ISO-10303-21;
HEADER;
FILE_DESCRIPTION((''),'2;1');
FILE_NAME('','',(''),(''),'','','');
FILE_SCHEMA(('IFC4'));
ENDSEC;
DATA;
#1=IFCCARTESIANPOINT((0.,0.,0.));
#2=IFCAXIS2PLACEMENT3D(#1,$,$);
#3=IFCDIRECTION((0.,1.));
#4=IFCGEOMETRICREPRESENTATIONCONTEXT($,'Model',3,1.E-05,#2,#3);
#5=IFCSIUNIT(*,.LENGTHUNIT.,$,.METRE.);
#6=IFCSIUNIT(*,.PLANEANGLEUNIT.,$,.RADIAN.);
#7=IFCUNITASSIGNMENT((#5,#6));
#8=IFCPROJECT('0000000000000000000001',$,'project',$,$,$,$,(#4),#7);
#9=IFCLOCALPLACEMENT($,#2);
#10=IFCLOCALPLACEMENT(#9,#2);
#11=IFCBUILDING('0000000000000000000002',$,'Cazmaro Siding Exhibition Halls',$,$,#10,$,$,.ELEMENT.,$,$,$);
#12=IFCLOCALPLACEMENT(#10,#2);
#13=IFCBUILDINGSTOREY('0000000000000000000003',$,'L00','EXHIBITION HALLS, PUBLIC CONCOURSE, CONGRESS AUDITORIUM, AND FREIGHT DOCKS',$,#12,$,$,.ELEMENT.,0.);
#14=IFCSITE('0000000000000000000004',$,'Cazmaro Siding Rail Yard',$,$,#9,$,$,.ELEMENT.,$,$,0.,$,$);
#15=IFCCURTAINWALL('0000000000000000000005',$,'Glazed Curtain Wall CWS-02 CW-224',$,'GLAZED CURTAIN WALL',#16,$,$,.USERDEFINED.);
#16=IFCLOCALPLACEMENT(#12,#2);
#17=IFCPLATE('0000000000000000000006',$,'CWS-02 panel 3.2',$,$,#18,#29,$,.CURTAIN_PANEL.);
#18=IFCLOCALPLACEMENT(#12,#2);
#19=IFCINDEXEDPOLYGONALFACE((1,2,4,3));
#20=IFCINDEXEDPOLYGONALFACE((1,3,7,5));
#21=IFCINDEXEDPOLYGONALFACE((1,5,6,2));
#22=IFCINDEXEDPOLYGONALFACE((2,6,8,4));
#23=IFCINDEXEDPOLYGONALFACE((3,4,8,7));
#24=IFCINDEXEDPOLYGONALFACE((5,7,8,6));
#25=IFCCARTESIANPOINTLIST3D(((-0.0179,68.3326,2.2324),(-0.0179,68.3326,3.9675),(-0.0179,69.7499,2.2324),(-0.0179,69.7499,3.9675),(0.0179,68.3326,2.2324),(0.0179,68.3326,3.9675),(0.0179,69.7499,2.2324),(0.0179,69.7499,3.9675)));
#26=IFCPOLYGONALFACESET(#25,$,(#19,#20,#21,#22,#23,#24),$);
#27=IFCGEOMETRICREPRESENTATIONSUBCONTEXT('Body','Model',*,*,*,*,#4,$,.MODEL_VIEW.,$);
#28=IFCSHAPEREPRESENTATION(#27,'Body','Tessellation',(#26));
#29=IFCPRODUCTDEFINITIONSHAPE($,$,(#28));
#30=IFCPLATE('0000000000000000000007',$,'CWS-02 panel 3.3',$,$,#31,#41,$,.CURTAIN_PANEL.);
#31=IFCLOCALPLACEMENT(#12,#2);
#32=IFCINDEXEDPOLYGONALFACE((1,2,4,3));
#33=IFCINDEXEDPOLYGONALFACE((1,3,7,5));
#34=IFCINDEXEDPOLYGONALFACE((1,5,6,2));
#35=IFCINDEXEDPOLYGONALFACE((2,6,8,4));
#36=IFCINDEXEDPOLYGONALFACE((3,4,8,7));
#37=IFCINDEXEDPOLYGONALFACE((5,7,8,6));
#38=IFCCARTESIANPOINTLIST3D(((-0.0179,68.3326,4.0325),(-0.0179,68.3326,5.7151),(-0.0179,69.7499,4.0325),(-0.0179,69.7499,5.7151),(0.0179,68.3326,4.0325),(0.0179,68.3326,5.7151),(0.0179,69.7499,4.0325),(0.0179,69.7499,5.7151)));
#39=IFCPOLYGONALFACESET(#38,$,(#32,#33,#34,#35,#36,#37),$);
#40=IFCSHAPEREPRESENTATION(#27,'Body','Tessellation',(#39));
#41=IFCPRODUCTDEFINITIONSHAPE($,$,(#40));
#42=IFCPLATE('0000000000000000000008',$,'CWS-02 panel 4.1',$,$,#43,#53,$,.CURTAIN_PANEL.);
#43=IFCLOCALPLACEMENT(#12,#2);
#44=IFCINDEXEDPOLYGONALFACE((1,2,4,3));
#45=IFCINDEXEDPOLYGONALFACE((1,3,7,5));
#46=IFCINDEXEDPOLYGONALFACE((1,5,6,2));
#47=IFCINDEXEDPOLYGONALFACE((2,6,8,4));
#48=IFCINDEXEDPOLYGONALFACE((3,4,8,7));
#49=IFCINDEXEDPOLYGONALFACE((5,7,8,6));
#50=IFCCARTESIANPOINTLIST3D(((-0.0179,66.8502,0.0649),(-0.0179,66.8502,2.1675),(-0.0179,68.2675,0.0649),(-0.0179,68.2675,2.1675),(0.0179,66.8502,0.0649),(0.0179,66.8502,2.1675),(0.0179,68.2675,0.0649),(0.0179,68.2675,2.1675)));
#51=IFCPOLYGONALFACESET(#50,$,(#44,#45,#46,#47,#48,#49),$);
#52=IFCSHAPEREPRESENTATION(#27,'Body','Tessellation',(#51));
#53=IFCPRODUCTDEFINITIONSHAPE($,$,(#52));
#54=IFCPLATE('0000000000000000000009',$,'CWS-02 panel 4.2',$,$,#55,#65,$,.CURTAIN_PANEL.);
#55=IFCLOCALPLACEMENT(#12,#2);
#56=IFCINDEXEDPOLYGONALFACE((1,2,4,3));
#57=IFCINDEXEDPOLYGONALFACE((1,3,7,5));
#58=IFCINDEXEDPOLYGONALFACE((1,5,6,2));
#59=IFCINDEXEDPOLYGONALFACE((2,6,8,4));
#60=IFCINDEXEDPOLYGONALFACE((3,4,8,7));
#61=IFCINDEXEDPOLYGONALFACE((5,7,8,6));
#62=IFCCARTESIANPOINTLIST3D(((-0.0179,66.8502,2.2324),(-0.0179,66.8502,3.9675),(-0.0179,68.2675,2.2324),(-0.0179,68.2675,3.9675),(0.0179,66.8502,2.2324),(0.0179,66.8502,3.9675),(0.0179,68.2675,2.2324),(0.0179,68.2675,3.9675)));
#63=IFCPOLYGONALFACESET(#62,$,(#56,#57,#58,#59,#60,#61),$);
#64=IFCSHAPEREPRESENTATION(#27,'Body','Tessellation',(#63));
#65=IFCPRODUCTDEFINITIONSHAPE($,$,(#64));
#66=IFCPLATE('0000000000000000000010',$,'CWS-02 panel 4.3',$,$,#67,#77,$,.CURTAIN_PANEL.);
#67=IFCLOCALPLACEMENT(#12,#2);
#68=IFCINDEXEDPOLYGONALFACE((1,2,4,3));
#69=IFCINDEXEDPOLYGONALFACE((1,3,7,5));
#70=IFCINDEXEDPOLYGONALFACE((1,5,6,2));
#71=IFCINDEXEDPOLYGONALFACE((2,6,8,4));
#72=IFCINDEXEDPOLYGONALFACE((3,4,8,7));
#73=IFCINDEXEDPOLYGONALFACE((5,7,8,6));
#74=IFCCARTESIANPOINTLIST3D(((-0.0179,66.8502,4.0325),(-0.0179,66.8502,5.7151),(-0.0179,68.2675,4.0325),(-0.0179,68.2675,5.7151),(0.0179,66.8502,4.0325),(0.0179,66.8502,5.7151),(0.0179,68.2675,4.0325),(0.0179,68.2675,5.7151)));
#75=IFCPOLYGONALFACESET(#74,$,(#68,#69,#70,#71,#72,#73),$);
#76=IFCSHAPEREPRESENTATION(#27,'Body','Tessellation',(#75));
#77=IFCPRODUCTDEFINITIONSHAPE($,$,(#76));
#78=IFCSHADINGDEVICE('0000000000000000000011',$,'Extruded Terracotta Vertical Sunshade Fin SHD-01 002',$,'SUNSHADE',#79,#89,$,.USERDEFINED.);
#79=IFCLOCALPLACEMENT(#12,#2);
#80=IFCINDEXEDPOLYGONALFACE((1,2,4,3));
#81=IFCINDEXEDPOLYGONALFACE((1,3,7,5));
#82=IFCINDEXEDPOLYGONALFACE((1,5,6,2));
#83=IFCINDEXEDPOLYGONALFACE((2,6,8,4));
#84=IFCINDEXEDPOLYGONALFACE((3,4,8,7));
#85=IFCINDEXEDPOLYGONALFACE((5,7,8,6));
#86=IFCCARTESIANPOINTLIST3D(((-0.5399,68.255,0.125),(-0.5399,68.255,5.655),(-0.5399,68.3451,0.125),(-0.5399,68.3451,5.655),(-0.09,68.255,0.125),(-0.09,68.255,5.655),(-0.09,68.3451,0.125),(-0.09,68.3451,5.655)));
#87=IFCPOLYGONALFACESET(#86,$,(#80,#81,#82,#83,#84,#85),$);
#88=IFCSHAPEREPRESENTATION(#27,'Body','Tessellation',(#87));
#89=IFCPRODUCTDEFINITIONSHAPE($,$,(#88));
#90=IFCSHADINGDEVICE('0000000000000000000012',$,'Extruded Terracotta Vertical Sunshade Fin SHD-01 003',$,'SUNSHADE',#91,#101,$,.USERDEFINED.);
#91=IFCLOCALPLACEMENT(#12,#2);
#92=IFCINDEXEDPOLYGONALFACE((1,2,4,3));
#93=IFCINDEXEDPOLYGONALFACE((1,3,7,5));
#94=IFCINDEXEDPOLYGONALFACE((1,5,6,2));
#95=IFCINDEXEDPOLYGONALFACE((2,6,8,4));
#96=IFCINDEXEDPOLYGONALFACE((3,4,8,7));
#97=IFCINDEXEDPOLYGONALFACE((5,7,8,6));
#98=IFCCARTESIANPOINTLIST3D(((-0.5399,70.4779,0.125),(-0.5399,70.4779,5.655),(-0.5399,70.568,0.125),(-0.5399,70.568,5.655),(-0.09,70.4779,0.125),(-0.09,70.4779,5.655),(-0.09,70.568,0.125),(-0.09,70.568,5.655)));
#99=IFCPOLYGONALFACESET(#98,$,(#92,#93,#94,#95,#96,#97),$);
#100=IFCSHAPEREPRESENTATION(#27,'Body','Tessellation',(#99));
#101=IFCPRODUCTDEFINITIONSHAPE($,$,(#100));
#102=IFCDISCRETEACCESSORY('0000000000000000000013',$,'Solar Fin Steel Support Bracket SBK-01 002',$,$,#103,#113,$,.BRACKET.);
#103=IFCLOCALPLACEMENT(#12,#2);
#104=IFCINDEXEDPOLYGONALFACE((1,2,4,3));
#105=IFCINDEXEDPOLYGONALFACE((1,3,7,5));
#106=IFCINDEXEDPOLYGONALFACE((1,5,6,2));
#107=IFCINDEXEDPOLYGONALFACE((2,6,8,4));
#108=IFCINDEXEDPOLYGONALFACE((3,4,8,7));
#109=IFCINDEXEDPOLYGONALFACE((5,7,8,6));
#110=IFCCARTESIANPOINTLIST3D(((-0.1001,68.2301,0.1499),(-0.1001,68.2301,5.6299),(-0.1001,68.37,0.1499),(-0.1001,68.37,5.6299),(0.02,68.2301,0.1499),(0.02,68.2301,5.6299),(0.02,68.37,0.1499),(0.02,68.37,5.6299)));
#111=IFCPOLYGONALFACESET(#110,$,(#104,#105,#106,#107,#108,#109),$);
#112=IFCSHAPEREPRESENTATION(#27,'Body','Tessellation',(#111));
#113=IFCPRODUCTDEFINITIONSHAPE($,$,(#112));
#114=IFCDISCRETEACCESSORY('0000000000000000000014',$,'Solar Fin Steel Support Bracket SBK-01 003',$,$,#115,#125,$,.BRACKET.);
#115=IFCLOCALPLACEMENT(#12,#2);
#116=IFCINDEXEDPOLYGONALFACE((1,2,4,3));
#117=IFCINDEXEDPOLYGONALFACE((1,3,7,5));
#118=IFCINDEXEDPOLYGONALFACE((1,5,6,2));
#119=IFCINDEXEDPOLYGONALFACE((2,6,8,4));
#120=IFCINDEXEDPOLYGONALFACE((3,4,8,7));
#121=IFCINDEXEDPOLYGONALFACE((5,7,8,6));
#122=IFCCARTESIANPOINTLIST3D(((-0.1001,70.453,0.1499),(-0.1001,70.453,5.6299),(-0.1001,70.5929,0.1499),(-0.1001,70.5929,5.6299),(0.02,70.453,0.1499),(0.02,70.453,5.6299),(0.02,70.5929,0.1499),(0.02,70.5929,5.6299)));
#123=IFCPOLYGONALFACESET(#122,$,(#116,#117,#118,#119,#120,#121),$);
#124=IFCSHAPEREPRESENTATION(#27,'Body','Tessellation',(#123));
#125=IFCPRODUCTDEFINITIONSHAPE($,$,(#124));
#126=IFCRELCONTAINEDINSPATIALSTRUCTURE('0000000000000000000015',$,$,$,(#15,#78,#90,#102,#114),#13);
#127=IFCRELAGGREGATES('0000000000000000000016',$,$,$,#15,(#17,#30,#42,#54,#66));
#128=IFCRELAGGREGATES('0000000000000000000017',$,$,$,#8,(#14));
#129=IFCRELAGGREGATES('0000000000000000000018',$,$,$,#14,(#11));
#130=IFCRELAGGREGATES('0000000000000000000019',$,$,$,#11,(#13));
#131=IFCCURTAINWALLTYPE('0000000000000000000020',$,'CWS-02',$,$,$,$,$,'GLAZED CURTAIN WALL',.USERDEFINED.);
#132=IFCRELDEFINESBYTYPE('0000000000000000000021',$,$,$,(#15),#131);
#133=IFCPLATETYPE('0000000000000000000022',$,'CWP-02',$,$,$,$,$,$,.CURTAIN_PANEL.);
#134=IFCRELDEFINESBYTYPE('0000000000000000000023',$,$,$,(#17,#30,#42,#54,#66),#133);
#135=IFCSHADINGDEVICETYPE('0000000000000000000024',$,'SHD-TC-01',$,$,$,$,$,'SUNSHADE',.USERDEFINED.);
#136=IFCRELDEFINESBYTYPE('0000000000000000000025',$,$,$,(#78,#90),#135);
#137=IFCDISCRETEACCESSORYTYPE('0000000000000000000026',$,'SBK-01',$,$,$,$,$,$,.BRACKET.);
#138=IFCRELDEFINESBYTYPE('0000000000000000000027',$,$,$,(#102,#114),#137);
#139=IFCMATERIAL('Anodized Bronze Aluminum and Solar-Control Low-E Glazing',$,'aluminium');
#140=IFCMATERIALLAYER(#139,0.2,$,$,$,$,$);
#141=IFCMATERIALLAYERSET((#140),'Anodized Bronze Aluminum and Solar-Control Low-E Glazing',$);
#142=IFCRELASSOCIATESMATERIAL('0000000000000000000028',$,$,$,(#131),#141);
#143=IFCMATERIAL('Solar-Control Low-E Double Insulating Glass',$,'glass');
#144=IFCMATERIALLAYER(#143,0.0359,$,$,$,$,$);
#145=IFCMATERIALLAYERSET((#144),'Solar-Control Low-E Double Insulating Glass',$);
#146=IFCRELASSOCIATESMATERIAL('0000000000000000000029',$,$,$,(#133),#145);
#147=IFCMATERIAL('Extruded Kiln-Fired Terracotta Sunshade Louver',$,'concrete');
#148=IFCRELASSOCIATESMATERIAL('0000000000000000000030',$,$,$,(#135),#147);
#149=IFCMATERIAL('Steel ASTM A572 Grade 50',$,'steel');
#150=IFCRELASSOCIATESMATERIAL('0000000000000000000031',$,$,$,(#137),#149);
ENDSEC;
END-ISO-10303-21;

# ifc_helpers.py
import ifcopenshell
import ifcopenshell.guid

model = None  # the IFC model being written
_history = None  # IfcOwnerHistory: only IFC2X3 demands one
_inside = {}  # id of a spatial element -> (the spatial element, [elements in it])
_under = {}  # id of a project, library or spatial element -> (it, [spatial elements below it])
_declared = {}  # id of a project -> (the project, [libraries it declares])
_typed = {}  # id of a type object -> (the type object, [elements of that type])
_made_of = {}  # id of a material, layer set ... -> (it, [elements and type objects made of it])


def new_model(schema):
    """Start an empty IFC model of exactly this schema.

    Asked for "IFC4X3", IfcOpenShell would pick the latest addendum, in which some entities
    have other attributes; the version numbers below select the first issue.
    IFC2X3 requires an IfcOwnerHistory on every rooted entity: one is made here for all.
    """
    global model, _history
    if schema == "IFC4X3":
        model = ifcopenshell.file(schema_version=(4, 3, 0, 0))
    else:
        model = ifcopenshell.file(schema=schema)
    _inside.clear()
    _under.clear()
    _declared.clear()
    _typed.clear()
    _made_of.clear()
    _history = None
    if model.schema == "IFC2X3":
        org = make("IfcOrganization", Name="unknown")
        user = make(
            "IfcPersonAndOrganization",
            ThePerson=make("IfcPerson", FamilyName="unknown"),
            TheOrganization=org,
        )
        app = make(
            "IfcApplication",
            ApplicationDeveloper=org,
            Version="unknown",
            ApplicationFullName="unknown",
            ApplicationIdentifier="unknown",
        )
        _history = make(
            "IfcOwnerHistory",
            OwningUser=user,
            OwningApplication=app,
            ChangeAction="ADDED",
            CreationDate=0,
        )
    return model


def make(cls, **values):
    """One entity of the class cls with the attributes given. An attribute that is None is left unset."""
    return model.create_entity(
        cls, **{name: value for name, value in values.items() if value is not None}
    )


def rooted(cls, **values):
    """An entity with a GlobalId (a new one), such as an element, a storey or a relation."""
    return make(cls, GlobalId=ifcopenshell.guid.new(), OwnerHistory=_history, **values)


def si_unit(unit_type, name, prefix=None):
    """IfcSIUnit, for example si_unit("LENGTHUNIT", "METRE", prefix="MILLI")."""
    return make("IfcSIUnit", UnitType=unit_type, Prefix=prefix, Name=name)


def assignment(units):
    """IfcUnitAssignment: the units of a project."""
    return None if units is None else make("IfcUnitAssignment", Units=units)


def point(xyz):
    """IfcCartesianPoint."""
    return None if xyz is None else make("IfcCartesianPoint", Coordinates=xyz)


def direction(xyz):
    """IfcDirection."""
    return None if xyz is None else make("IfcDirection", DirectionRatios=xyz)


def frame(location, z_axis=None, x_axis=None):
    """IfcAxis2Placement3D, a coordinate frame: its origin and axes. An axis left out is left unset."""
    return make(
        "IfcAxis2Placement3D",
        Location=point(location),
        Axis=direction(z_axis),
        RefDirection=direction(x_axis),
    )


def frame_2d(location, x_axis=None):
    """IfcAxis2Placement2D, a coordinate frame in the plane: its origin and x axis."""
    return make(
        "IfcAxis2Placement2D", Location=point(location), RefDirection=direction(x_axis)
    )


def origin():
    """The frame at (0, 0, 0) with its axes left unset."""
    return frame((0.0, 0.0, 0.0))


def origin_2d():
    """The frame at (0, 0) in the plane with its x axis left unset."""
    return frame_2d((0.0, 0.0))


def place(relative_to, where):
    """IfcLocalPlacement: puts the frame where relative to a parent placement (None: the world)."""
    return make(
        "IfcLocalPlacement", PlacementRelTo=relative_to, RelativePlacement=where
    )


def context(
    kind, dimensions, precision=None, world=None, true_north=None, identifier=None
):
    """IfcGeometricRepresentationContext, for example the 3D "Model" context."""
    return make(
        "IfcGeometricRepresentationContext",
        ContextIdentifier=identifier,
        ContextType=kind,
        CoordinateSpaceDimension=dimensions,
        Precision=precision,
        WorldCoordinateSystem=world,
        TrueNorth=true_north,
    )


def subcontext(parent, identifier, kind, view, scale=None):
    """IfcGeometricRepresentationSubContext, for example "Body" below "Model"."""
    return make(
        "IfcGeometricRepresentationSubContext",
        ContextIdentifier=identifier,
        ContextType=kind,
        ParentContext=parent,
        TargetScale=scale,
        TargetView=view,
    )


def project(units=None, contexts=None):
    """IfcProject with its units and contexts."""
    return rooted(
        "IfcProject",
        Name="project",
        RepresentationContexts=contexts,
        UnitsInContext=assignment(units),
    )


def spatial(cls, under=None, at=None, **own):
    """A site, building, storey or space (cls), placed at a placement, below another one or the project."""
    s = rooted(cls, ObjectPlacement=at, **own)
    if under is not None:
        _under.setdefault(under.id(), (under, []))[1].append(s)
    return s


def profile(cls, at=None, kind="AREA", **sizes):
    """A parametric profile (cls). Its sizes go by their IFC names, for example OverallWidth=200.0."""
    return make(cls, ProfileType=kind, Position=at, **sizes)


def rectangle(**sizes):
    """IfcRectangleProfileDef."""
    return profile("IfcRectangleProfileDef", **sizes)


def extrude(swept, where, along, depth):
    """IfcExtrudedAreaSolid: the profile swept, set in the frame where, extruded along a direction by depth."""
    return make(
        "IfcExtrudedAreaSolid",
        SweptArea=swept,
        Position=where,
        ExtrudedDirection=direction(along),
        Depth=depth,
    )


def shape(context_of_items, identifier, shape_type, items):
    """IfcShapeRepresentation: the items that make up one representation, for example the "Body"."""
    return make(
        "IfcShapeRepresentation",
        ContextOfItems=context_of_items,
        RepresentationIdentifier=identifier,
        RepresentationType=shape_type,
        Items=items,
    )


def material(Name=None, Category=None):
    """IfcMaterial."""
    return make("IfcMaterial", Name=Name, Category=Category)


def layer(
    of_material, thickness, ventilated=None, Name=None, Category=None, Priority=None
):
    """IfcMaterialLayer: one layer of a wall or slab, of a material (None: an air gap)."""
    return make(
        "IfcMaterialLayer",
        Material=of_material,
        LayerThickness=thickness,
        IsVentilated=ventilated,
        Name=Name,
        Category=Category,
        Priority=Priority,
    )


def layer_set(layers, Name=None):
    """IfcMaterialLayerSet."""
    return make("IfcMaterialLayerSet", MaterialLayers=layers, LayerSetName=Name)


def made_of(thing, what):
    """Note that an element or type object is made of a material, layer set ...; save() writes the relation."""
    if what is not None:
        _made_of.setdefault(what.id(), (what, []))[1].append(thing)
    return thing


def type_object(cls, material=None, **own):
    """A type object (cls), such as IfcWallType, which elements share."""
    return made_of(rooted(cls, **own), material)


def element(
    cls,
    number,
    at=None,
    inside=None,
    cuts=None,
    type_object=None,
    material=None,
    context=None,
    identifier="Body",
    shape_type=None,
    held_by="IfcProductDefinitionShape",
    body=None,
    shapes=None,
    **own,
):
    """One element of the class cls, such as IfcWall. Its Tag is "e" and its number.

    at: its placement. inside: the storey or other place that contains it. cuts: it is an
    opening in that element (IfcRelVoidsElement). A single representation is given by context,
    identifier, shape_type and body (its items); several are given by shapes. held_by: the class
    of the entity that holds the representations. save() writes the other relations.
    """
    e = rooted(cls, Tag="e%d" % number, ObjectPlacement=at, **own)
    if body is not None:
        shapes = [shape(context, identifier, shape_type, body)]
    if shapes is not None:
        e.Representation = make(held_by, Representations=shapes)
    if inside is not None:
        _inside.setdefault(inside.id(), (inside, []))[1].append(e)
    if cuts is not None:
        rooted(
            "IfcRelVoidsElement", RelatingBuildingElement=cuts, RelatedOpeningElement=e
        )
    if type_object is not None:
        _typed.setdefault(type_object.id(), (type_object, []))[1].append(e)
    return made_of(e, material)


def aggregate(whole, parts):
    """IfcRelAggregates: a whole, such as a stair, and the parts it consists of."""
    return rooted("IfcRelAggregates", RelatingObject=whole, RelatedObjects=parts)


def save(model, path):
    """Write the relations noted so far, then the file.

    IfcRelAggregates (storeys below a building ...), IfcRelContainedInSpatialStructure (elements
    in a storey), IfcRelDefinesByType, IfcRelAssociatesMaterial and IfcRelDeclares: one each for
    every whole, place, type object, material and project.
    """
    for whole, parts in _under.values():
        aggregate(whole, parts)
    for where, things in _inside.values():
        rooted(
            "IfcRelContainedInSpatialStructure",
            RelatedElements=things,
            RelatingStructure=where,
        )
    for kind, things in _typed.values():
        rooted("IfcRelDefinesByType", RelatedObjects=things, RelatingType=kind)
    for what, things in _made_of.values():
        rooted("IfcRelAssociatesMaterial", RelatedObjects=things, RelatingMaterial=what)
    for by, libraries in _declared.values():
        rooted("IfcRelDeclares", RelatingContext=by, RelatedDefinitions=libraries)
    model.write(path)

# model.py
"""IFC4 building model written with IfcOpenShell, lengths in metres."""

from ifc_helpers import new_model, si_unit, direction, frame, origin, origin_2d, place, context, subcontext, project, spatial, rectangle, extrude, material, layer, layer_set, type_object, element, aggregate, save


model = new_model("IFC4")

# Units and contexts
model_context = context("Model", 3, precision=1e-05, world=origin(), true_north=direction((0.0, 1.0)))
body_context = subcontext(model_context, "Body", "Model", "MODEL_VIEW")
ifc_project = project(units=[si_unit("LENGTHUNIT", "METRE"), si_unit("PLANEANGLEUNIT", "RADIAN")], contexts=[model_context])

# Site, building, storey
site_placement = place(None, origin())
site = spatial("IfcSite", under=ifc_project, at=site_placement, Name="Cazmaro Siding Rail Yard", CompositionType="ELEMENT", RefElevation=0.0)
building_placement = place(site_placement, origin())
building = spatial("IfcBuilding", under=site, at=building_placement, Name="Cazmaro Siding Exhibition Halls", CompositionType="ELEMENT")
storey_placement = place(building_placement, origin())
storey = spatial("IfcBuildingStorey", under=building, at=storey_placement, Name="L00", Description="EXHIBITION HALLS, PUBLIC CONCOURSE, CONGRESS AUDITORIUM, AND FREIGHT DOCKS", CompositionType="ELEMENT", Elevation=0.0)

# Curtain wall, plates
ifc_material_1 = material(Name="Anodized Bronze Aluminum and Solar-Control Low-E Glazing", Category="aluminium")
ifc_layer_1 = layer(ifc_material_1, 0.2)
ifc_layer_set_1 = layer_set([ifc_layer_1], Name="Anodized Bronze Aluminum and Solar-Control Low-E Glazing")
curtain_wall_type = type_object("IfcCurtainWallType", Name="CWS-02", ElementType="GLAZED CURTAIN WALL", PredefinedType="USERDEFINED", material=ifc_layer_set_1)
curtain_wall_placement = place(storey_placement, origin())
curtain_wall = element("IfcCurtainWall", 1, at=curtain_wall_placement, inside=storey, type_object=curtain_wall_type, Name="Glazed Curtain Wall CWS-02 CW-224", ObjectType="GLAZED CURTAIN WALL", PredefinedType="USERDEFINED")
ifc_material_2 = material(Name="Solar-Control Low-E Double Insulating Glass", Category="glass")
ifc_layer_2 = layer(ifc_material_2, 0.0359)
ifc_layer_set_2 = layer_set([ifc_layer_2], Name="Solar-Control Low-E Double Insulating Glass")
plate_type = type_object("IfcPlateType", Name="CWP-02", PredefinedType="CURTAIN_PANEL", material=ifc_layer_set_2)
plate_1_placement = place(storey_placement, frame((0.0, 69.0413, 2.2324), z_axis=(0.0, 0.0, 1.0), x_axis=(0.0, -1.0, 0.0)))
plate_1 = element("IfcPlate", 2, at=plate_1_placement, type_object=plate_type, Name="CWS-02 panel 3.2", PredefinedType="CURTAIN_PANEL", context=body_context, shape_type="SweptSolid", body=[
    extrude(rectangle(XDim=1.4172, YDim=0.0359, at=origin_2d()), origin(), (0.0, 0.0, 1.0), 1.7351),
])
plate_2_placement = place(storey_placement, frame((0.0, 69.0413, 4.0325), z_axis=(0.0, 0.0, 1.0), x_axis=(0.0, -1.0, 0.0)))
plate_2 = element("IfcPlate", 3, at=plate_2_placement, type_object=plate_type, Name="CWS-02 panel 3.3", PredefinedType="CURTAIN_PANEL", context=body_context, shape_type="SweptSolid", body=[
    extrude(rectangle(XDim=1.4172, YDim=0.0359, at=origin_2d()), origin(), (0.0, 0.0, 1.0), 1.6826),
])
plate_3_placement = place(storey_placement, frame((0.0, 67.5588, 0.0649), z_axis=(0.0, 0.0, 1.0), x_axis=(0.0, -1.0, 0.0)))
plate_3 = element("IfcPlate", 4, at=plate_3_placement, type_object=plate_type, Name="CWS-02 panel 4.1", PredefinedType="CURTAIN_PANEL", context=body_context, shape_type="SweptSolid", body=[
    extrude(rectangle(XDim=1.4172, YDim=0.0359, at=origin_2d()), origin(), (0.0, 0.0, 1.0), 2.1025),
])
plate_4_placement = place(storey_placement, frame((0.0, 67.5588, 2.2324), z_axis=(0.0, 0.0, 1.0), x_axis=(0.0, -1.0, 0.0)))
plate_4 = element("IfcPlate", 5, at=plate_4_placement, type_object=plate_type, Name="CWS-02 panel 4.2", PredefinedType="CURTAIN_PANEL", context=body_context, shape_type="SweptSolid", body=[
    extrude(rectangle(XDim=1.4172, YDim=0.0359, at=origin_2d()), origin(), (0.0, 0.0, 1.0), 1.7351),
])
plate_5_placement = place(storey_placement, frame((0.0, 67.5588, 4.0325), z_axis=(0.0, 0.0, 1.0), x_axis=(0.0, -1.0, 0.0)))
plate_5 = element("IfcPlate", 6, at=plate_5_placement, type_object=plate_type, Name="CWS-02 panel 4.3", PredefinedType="CURTAIN_PANEL", context=body_context, shape_type="SweptSolid", body=[
    extrude(rectangle(XDim=1.4172, YDim=0.0359, at=origin_2d()), origin(), (0.0, 0.0, 1.0), 1.6826),
])
aggregate(curtain_wall, [plate_1, plate_2, plate_3, plate_4, plate_5])

# Shading devices
ifc_material_3 = material(Name="Extruded Kiln-Fired Terracotta Sunshade Louver", Category="concrete")
shading_device_type = type_object("IfcShadingDeviceType", Name="SHD-TC-01", ElementType="SUNSHADE", PredefinedType="USERDEFINED", material=ifc_material_3)
for number, where, z_axis, x_axis, name in (
    (7, (-0.3149, 68.3, 0.125), (0.0, 0.0, 1.0), (1.0, 0.0, 0.0), "Extruded Terracotta Vertical Sunshade Fin SHD-01 002"),
    (8, (-0.3149, 70.5229, 0.125), (0.0, 0.0, 1.0), (1.0, 0.0, 0.0), "Extruded Terracotta Vertical Sunshade Fin SHD-01 003"),
):
    element("IfcShadingDevice", number, at=place(storey_placement, frame(where, z_axis=z_axis, x_axis=x_axis)), inside=storey, type_object=shading_device_type, Name=name, ObjectType="SUNSHADE", PredefinedType="USERDEFINED", context=body_context, shape_type="SweptSolid", body=[
        extrude(rectangle(XDim=0.45, YDim=0.0901, at=origin_2d()), origin(), (0.0, 0.0, 1.0), 5.53),
    ])

# Discrete accessories
ifc_material_4 = material(Name="Steel ASTM A572 Grade 50", Category="steel")
discrete_accessory_type = type_object("IfcDiscreteAccessoryType", Name="SBK-01", PredefinedType="BRACKET", material=ifc_material_4)
for number, where, z_axis, x_axis, name in (
    (9, (-0.04, 68.3, 0.1499), (0.0, 0.0, 1.0), (1.0, 0.0, 0.0), "Solar Fin Steel Support Bracket SBK-01 002"),
    (10, (-0.04, 70.5229, 0.1499), (0.0, 0.0, 1.0), (1.0, 0.0, 0.0), "Solar Fin Steel Support Bracket SBK-01 003"),
):
    element("IfcDiscreteAccessory", number, at=place(storey_placement, frame(where, z_axis=z_axis, x_axis=x_axis)), inside=storey, type_object=discrete_accessory_type, Name=name, PredefinedType="BRACKET", context=body_context, shape_type="SweptSolid", body=[
        extrude(rectangle(XDim=0.1201, YDim=0.1399, at=origin_2d()), origin(), (0.0, 0.0, 1.0), 5.48),
    ])

save(model, "model.ifc")
